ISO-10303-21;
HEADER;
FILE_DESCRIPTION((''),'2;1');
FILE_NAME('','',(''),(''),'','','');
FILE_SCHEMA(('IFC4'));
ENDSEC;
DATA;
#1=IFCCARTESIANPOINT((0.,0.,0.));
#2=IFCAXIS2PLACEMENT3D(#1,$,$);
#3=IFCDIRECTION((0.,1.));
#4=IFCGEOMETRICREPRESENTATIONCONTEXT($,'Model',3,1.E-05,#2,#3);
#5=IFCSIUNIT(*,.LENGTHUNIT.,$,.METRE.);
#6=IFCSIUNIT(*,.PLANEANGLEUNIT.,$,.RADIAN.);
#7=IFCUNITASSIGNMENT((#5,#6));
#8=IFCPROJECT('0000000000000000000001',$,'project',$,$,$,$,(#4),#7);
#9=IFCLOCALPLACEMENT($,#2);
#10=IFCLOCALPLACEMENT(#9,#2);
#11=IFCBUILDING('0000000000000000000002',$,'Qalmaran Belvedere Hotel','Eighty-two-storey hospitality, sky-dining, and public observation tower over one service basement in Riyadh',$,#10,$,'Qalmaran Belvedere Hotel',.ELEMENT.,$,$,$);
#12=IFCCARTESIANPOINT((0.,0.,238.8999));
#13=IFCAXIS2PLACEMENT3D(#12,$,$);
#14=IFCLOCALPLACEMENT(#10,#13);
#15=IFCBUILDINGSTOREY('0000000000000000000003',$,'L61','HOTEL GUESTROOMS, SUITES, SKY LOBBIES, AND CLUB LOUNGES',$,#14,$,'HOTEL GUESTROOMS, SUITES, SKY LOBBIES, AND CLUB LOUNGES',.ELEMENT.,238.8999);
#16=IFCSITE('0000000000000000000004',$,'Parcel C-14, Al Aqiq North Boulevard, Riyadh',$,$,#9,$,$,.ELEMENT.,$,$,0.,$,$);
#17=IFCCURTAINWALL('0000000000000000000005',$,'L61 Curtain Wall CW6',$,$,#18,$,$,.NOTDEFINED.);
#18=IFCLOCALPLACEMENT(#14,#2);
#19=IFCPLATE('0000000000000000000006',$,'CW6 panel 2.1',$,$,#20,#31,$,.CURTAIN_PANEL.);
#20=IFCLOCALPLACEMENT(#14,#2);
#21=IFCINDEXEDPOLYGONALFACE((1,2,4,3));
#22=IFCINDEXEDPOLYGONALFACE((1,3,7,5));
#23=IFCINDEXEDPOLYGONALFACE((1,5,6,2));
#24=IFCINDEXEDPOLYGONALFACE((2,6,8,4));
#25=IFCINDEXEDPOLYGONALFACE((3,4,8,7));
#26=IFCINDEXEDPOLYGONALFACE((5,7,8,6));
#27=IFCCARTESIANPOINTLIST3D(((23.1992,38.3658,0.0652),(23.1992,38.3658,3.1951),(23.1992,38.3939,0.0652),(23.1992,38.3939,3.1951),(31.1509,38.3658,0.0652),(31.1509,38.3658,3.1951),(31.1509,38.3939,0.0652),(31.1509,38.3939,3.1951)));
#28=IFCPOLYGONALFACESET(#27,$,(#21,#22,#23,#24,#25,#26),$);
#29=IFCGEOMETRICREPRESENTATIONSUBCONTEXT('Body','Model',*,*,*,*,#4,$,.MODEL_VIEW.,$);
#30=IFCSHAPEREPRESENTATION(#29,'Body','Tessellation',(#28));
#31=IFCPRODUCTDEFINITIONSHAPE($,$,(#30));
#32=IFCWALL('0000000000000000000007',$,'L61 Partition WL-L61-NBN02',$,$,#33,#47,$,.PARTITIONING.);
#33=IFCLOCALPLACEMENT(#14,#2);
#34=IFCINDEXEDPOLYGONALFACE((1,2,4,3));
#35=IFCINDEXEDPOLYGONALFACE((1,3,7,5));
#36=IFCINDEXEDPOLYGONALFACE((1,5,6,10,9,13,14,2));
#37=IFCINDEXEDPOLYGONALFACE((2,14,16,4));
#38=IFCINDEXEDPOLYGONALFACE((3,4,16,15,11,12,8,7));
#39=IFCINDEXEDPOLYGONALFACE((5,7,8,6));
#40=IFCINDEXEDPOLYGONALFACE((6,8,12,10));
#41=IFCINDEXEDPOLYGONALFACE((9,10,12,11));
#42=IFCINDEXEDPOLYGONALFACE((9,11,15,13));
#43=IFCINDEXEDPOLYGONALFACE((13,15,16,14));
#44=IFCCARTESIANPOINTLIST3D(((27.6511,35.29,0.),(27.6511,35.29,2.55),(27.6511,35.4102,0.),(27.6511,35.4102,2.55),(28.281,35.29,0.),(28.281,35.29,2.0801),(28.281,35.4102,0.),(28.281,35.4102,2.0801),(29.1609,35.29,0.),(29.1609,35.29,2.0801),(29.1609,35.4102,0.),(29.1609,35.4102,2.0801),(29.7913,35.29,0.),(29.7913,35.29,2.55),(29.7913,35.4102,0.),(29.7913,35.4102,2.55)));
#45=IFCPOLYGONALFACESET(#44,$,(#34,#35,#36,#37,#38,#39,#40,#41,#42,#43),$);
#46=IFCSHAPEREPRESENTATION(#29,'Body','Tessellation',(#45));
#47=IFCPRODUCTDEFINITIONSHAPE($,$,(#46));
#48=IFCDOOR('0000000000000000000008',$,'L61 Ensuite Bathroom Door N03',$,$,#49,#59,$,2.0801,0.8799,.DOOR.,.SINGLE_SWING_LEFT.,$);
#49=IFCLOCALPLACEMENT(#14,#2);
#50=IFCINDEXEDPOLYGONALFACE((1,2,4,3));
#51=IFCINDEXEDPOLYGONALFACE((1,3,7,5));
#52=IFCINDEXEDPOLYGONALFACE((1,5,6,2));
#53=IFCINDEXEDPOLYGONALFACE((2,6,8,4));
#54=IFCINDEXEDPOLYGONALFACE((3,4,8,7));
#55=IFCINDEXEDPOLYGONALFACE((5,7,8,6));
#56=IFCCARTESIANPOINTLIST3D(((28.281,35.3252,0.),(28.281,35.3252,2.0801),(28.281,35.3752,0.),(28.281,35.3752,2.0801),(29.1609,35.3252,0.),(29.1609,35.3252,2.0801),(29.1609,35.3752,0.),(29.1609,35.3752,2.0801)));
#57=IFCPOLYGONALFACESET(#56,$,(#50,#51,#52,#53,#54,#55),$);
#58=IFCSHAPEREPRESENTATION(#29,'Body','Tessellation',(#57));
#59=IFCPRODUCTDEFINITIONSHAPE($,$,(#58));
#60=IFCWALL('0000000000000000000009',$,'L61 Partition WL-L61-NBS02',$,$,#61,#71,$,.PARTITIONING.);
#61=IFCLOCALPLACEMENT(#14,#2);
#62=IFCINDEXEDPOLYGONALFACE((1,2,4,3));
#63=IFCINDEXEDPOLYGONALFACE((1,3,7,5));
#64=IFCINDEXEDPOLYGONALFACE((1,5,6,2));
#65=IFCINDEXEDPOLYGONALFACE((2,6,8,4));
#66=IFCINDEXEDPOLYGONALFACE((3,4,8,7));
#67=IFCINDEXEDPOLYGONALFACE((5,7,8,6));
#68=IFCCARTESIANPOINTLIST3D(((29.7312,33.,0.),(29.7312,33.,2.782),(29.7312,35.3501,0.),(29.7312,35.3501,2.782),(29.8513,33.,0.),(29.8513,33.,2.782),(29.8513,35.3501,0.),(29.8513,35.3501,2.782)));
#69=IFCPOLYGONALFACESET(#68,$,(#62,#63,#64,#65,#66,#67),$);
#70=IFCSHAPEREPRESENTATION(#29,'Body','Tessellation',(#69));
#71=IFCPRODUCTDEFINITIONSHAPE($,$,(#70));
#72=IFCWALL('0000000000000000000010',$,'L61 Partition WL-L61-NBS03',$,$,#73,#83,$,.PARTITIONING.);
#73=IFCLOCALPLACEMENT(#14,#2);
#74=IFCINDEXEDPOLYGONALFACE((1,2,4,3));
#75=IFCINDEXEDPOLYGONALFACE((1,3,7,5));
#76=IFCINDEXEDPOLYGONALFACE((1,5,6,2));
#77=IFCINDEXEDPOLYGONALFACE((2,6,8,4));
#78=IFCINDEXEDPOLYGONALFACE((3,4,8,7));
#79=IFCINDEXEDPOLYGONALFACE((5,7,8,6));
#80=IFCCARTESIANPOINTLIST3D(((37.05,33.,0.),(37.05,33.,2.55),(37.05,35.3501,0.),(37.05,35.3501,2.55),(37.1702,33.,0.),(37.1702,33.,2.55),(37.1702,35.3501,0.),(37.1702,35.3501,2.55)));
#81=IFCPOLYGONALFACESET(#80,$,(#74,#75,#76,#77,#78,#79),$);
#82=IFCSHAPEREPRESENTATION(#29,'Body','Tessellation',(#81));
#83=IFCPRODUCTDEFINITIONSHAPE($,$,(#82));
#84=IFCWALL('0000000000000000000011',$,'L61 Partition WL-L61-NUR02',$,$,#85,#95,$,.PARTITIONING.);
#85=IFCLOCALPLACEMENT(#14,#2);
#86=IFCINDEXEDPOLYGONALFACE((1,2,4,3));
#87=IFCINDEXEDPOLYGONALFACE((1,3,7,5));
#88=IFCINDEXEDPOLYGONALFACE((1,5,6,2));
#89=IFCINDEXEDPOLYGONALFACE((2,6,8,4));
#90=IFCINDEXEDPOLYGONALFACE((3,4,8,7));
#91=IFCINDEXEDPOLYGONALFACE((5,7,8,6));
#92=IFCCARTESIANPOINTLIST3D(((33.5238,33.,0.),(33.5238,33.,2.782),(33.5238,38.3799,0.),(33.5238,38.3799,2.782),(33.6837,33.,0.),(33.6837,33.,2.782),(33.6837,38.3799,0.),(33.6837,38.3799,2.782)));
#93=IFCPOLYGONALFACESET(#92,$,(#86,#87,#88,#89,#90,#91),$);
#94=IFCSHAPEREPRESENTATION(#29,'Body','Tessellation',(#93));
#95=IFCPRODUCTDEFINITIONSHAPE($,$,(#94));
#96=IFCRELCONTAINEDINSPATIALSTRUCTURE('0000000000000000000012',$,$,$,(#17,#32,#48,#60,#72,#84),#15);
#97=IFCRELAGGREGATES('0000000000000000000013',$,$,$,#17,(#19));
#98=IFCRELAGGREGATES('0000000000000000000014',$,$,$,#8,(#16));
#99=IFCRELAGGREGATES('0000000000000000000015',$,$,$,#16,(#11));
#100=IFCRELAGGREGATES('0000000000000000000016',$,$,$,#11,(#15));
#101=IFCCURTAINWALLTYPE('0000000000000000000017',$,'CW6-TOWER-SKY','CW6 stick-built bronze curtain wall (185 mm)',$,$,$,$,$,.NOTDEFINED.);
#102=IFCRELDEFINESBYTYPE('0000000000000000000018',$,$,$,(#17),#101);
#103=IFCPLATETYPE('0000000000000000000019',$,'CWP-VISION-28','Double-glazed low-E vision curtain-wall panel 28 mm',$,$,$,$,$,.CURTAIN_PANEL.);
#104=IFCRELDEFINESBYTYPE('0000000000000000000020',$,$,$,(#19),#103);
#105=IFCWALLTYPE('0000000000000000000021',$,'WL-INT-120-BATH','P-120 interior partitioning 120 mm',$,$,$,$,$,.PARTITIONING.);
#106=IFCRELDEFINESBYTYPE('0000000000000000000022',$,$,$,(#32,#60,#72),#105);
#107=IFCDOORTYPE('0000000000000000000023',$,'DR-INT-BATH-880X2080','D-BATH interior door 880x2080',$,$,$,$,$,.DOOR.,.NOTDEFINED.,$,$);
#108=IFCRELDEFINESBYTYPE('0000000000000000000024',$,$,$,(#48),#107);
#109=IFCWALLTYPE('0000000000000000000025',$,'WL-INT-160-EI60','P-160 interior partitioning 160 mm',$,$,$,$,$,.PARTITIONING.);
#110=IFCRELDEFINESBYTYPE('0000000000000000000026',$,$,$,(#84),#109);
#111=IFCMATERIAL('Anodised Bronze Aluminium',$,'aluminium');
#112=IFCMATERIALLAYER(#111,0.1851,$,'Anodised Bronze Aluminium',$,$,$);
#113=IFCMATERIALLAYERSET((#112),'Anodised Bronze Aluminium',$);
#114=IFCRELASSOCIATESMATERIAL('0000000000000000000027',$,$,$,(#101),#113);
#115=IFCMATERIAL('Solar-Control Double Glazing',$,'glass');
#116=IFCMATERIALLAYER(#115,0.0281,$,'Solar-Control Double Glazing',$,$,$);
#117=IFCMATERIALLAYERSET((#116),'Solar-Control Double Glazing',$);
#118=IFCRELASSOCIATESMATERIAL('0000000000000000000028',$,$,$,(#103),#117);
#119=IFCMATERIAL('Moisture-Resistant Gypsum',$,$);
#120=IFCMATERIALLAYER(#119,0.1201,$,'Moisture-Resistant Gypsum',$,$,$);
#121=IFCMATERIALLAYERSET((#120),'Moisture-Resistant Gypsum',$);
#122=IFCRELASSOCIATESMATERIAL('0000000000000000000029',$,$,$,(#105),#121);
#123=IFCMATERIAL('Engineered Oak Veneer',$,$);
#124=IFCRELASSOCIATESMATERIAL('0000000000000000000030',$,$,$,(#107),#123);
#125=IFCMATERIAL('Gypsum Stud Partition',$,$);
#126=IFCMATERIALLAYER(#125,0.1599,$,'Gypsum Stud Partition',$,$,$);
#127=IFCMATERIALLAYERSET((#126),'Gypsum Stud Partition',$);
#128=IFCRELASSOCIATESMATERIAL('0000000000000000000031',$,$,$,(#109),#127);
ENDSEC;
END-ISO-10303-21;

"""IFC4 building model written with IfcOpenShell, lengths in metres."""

from ifc_helpers import new_model, si_unit, direction, frame, frame_2d, origin, origin_2d, place, context, subcontext, project, spatial, rectangle, extrude, material, layer, layer_set, type_object, element, fill, aggregate, save


model = new_model("IFC4")

# Units and contexts
model_context = context("Model", 3, precision=1e-05, world=origin(), true_north=direction((0.0, 1.0)))
body_context = subcontext(model_context, "Body", "Model", "MODEL_VIEW")
ifc_project = project(units=[si_unit("LENGTHUNIT", "METRE"), si_unit("PLANEANGLEUNIT", "RADIAN")], contexts=[model_context])

# Site, building, storey
site_placement = place(None, origin())
site = spatial("IfcSite", under=ifc_project, at=site_placement, Name="Parcel C-14, Al Aqiq North Boulevard, Riyadh", CompositionType="ELEMENT", RefElevation=0.0)
building_placement = place(site_placement, origin())
building = spatial("IfcBuilding", under=site, at=building_placement, Name="Qalmaran Belvedere Hotel", Description="Eighty-two-storey hospitality, sky-dining, and public observation tower over one service basement in Riyadh", LongName="Qalmaran Belvedere Hotel", CompositionType="ELEMENT")
storey_placement = place(building_placement, frame((0.0, 0.0, 238.8999)))
storey = spatial("IfcBuildingStorey", under=building, at=storey_placement, Name="L61", Description="HOTEL GUESTROOMS, SUITES, SKY LOBBIES, AND CLUB LOUNGES", LongName="HOTEL GUESTROOMS, SUITES, SKY LOBBIES, AND CLUB LOUNGES", CompositionType="ELEMENT", Elevation=238.8999)

# Curtain wall, plate
ifc_material_1 = material(Name="Anodised Bronze Aluminium", Category="aluminium")
ifc_layer_1 = layer(ifc_material_1, 0.1851, Name="Anodised Bronze Aluminium")
ifc_layer_set_1 = layer_set([ifc_layer_1], Name="Anodised Bronze Aluminium")
curtain_wall_type = type_object("IfcCurtainWallType", Name="CW6-TOWER-SKY", Description="CW6 stick-built bronze curtain wall (185 mm)", PredefinedType="NOTDEFINED", material=ifc_layer_set_1)
curtain_wall_placement = place(storey_placement, origin())
curtain_wall = element("IfcCurtainWall", 1, at=curtain_wall_placement, inside=storey, type_object=curtain_wall_type, Name="L61 Curtain Wall CW6", PredefinedType="NOTDEFINED")
ifc_material_2 = material(Name="Solar-Control Double Glazing", Category="glass")
ifc_layer_2 = layer(ifc_material_2, 0.0281, Name="Solar-Control Double Glazing")
ifc_layer_set_2 = layer_set([ifc_layer_2], Name="Solar-Control Double Glazing")
plate_type = type_object("IfcPlateType", Name="CWP-VISION-28", Description="Double-glazed low-E vision curtain-wall panel 28 mm", PredefinedType="CURTAIN_PANEL", material=ifc_layer_set_2)
plate_1_placement = place(storey_placement, frame((27.175, 38.3799, 0.0652), z_axis=(0.0, 0.0, 1.0), x_axis=(-1.0, 0.0, 0.0)))
plate_1 = element("IfcPlate", 2, at=plate_1_placement, type_object=plate_type, Name="CW6 panel 2.1", PredefinedType="CURTAIN_PANEL", context=body_context, shape_type="SweptSolid", body=[
    extrude(rectangle(XDim=7.9517, YDim=0.0281, at=origin_2d()), origin(), (0.0, 0.0, 1.0), 3.1299),
])
aggregate(curtain_wall, [plate_1])

# Wall, opening, door
ifc_material_3 = material(Name="Moisture-Resistant Gypsum")
ifc_layer_3 = layer(ifc_material_3, 0.1201, Name="Moisture-Resistant Gypsum")
ifc_layer_set_3 = layer_set([ifc_layer_3], Name="Moisture-Resistant Gypsum")
wall_type_1 = type_object("IfcWallType", Name="WL-INT-120-BATH", Description="P-120 interior partitioning 120 mm", PredefinedType="PARTITIONING", material=ifc_layer_set_3)
wall_1_placement = place(storey_placement, frame((27.6511, 35.3501, 0.0), z_axis=(0.0, 0.0, 1.0), x_axis=(1.0, 0.0, 0.0)))
wall_1 = element("IfcWall", 3, at=wall_1_placement, inside=storey, type_object=wall_type_1, Name="L61 Partition WL-L61-NBN02", PredefinedType="PARTITIONING", context=body_context, shape_type="SweptSolid", body=[
    extrude(rectangle(XDim=2.1401, YDim=0.1201, at=frame_2d((1.0701, 0.0))), origin(), (0.0, 0.0, 1.0), 2.55),
])
opening_1_placement = place(wall_1_placement, frame((1.5098, 0.0, 0.0), z_axis=(0.0, 0.0, 1.0), x_axis=(-1.0, 0.0, 0.0)))
opening_1 = element("IfcOpeningElement", 4, at=opening_1_placement, cuts=wall_1, PredefinedType="OPENING", context=body_context, shape_type="SweptSolid", body=[
    extrude(rectangle(XDim=0.8799, YDim=2.0801, at=frame_2d((0.4399, 1.04))), frame((0.0, 0.0701, 0.0), z_axis=(0.0, -1.0, 0.0), x_axis=(1.0, 0.0, 0.0)), (0.0, 0.0, 1.0), 0.1401),
])
ifc_material_4 = material(Name="Engineered Oak Veneer")
door_type_1 = type_object("IfcDoorType", Name="DR-INT-BATH-880X2080", Description="D-BATH interior door 880x2080", OperationType="NOTDEFINED", PredefinedType="DOOR", material=ifc_material_4)
door_1_placement = place(opening_1_placement, origin())
door_1 = element("IfcDoor", 5, at=door_1_placement, inside=storey, type_object=door_type_1, Name="L61 Ensuite Bathroom Door N03", OperationType="SINGLE_SWING_LEFT", OverallHeight=2.0801, OverallWidth=0.8799, PredefinedType="DOOR", context=body_context, shape_type="SweptSolid", body=[
    extrude(rectangle(XDim=0.8799, YDim=2.0801, at=frame_2d((0.4399, 1.04))), frame((0.0, 0.0249, 0.0), z_axis=(0.0, -1.0, 0.0), x_axis=(1.0, 0.0, 0.0)), (0.0, 0.0, 1.0), 0.05),
])
fill(opening_1, door_1)

# Walls
wall_2_placement = place(storey_placement, frame((29.7913, 33.0, 0.0), z_axis=(0.0, 0.0, 1.0), x_axis=(0.0, 1.0, 0.0)))
element("IfcWall", 6, at=wall_2_placement, inside=storey, type_object=wall_type_1, Name="L61 Partition WL-L61-NBS02", PredefinedType="PARTITIONING", context=body_context, shape_type="SweptSolid", body=[
    extrude(rectangle(XDim=2.3501, YDim=0.1201, at=frame_2d((1.175, 0.0))), origin(), (0.0, 0.0, 1.0), 2.782),
])
wall_3_placement = place(storey_placement, frame((37.1101, 33.0, 0.0), z_axis=(0.0, 0.0, 1.0), x_axis=(0.0, 1.0, 0.0)))
element("IfcWall", 7, at=wall_3_placement, inside=storey, type_object=wall_type_1, Name="L61 Partition WL-L61-NBS03", PredefinedType="PARTITIONING", context=body_context, shape_type="SweptSolid", body=[
    extrude(rectangle(XDim=2.3501, YDim=0.1201, at=frame_2d((1.175, 0.0))), origin(), (0.0, 0.0, 1.0), 2.55),
])
ifc_material_5 = material(Name="Gypsum Stud Partition")
ifc_layer_4 = layer(ifc_material_5, 0.1599, Name="Gypsum Stud Partition")
ifc_layer_set_4 = layer_set([ifc_layer_4], Name="Gypsum Stud Partition")
wall_type_2 = type_object("IfcWallType", Name="WL-INT-160-EI60", Description="P-160 interior partitioning 160 mm", PredefinedType="PARTITIONING", material=ifc_layer_set_4)
wall_4_placement = place(storey_placement, frame((33.6038, 33.0, 0.0), z_axis=(0.0, 0.0, 1.0), x_axis=(0.0, 1.0, 0.0)))
element("IfcWall", 8, at=wall_4_placement, inside=storey, type_object=wall_type_2, Name="L61 Partition WL-L61-NUR02", PredefinedType="PARTITIONING", context=body_context, shape_type="SweptSolid", body=[
    extrude(rectangle(XDim=5.3799, YDim=0.1599, at=frame_2d((2.6899, 0.0))), origin(), (0.0, 0.0, 1.0), 2.782),
])

save(model, "model.ifc")
